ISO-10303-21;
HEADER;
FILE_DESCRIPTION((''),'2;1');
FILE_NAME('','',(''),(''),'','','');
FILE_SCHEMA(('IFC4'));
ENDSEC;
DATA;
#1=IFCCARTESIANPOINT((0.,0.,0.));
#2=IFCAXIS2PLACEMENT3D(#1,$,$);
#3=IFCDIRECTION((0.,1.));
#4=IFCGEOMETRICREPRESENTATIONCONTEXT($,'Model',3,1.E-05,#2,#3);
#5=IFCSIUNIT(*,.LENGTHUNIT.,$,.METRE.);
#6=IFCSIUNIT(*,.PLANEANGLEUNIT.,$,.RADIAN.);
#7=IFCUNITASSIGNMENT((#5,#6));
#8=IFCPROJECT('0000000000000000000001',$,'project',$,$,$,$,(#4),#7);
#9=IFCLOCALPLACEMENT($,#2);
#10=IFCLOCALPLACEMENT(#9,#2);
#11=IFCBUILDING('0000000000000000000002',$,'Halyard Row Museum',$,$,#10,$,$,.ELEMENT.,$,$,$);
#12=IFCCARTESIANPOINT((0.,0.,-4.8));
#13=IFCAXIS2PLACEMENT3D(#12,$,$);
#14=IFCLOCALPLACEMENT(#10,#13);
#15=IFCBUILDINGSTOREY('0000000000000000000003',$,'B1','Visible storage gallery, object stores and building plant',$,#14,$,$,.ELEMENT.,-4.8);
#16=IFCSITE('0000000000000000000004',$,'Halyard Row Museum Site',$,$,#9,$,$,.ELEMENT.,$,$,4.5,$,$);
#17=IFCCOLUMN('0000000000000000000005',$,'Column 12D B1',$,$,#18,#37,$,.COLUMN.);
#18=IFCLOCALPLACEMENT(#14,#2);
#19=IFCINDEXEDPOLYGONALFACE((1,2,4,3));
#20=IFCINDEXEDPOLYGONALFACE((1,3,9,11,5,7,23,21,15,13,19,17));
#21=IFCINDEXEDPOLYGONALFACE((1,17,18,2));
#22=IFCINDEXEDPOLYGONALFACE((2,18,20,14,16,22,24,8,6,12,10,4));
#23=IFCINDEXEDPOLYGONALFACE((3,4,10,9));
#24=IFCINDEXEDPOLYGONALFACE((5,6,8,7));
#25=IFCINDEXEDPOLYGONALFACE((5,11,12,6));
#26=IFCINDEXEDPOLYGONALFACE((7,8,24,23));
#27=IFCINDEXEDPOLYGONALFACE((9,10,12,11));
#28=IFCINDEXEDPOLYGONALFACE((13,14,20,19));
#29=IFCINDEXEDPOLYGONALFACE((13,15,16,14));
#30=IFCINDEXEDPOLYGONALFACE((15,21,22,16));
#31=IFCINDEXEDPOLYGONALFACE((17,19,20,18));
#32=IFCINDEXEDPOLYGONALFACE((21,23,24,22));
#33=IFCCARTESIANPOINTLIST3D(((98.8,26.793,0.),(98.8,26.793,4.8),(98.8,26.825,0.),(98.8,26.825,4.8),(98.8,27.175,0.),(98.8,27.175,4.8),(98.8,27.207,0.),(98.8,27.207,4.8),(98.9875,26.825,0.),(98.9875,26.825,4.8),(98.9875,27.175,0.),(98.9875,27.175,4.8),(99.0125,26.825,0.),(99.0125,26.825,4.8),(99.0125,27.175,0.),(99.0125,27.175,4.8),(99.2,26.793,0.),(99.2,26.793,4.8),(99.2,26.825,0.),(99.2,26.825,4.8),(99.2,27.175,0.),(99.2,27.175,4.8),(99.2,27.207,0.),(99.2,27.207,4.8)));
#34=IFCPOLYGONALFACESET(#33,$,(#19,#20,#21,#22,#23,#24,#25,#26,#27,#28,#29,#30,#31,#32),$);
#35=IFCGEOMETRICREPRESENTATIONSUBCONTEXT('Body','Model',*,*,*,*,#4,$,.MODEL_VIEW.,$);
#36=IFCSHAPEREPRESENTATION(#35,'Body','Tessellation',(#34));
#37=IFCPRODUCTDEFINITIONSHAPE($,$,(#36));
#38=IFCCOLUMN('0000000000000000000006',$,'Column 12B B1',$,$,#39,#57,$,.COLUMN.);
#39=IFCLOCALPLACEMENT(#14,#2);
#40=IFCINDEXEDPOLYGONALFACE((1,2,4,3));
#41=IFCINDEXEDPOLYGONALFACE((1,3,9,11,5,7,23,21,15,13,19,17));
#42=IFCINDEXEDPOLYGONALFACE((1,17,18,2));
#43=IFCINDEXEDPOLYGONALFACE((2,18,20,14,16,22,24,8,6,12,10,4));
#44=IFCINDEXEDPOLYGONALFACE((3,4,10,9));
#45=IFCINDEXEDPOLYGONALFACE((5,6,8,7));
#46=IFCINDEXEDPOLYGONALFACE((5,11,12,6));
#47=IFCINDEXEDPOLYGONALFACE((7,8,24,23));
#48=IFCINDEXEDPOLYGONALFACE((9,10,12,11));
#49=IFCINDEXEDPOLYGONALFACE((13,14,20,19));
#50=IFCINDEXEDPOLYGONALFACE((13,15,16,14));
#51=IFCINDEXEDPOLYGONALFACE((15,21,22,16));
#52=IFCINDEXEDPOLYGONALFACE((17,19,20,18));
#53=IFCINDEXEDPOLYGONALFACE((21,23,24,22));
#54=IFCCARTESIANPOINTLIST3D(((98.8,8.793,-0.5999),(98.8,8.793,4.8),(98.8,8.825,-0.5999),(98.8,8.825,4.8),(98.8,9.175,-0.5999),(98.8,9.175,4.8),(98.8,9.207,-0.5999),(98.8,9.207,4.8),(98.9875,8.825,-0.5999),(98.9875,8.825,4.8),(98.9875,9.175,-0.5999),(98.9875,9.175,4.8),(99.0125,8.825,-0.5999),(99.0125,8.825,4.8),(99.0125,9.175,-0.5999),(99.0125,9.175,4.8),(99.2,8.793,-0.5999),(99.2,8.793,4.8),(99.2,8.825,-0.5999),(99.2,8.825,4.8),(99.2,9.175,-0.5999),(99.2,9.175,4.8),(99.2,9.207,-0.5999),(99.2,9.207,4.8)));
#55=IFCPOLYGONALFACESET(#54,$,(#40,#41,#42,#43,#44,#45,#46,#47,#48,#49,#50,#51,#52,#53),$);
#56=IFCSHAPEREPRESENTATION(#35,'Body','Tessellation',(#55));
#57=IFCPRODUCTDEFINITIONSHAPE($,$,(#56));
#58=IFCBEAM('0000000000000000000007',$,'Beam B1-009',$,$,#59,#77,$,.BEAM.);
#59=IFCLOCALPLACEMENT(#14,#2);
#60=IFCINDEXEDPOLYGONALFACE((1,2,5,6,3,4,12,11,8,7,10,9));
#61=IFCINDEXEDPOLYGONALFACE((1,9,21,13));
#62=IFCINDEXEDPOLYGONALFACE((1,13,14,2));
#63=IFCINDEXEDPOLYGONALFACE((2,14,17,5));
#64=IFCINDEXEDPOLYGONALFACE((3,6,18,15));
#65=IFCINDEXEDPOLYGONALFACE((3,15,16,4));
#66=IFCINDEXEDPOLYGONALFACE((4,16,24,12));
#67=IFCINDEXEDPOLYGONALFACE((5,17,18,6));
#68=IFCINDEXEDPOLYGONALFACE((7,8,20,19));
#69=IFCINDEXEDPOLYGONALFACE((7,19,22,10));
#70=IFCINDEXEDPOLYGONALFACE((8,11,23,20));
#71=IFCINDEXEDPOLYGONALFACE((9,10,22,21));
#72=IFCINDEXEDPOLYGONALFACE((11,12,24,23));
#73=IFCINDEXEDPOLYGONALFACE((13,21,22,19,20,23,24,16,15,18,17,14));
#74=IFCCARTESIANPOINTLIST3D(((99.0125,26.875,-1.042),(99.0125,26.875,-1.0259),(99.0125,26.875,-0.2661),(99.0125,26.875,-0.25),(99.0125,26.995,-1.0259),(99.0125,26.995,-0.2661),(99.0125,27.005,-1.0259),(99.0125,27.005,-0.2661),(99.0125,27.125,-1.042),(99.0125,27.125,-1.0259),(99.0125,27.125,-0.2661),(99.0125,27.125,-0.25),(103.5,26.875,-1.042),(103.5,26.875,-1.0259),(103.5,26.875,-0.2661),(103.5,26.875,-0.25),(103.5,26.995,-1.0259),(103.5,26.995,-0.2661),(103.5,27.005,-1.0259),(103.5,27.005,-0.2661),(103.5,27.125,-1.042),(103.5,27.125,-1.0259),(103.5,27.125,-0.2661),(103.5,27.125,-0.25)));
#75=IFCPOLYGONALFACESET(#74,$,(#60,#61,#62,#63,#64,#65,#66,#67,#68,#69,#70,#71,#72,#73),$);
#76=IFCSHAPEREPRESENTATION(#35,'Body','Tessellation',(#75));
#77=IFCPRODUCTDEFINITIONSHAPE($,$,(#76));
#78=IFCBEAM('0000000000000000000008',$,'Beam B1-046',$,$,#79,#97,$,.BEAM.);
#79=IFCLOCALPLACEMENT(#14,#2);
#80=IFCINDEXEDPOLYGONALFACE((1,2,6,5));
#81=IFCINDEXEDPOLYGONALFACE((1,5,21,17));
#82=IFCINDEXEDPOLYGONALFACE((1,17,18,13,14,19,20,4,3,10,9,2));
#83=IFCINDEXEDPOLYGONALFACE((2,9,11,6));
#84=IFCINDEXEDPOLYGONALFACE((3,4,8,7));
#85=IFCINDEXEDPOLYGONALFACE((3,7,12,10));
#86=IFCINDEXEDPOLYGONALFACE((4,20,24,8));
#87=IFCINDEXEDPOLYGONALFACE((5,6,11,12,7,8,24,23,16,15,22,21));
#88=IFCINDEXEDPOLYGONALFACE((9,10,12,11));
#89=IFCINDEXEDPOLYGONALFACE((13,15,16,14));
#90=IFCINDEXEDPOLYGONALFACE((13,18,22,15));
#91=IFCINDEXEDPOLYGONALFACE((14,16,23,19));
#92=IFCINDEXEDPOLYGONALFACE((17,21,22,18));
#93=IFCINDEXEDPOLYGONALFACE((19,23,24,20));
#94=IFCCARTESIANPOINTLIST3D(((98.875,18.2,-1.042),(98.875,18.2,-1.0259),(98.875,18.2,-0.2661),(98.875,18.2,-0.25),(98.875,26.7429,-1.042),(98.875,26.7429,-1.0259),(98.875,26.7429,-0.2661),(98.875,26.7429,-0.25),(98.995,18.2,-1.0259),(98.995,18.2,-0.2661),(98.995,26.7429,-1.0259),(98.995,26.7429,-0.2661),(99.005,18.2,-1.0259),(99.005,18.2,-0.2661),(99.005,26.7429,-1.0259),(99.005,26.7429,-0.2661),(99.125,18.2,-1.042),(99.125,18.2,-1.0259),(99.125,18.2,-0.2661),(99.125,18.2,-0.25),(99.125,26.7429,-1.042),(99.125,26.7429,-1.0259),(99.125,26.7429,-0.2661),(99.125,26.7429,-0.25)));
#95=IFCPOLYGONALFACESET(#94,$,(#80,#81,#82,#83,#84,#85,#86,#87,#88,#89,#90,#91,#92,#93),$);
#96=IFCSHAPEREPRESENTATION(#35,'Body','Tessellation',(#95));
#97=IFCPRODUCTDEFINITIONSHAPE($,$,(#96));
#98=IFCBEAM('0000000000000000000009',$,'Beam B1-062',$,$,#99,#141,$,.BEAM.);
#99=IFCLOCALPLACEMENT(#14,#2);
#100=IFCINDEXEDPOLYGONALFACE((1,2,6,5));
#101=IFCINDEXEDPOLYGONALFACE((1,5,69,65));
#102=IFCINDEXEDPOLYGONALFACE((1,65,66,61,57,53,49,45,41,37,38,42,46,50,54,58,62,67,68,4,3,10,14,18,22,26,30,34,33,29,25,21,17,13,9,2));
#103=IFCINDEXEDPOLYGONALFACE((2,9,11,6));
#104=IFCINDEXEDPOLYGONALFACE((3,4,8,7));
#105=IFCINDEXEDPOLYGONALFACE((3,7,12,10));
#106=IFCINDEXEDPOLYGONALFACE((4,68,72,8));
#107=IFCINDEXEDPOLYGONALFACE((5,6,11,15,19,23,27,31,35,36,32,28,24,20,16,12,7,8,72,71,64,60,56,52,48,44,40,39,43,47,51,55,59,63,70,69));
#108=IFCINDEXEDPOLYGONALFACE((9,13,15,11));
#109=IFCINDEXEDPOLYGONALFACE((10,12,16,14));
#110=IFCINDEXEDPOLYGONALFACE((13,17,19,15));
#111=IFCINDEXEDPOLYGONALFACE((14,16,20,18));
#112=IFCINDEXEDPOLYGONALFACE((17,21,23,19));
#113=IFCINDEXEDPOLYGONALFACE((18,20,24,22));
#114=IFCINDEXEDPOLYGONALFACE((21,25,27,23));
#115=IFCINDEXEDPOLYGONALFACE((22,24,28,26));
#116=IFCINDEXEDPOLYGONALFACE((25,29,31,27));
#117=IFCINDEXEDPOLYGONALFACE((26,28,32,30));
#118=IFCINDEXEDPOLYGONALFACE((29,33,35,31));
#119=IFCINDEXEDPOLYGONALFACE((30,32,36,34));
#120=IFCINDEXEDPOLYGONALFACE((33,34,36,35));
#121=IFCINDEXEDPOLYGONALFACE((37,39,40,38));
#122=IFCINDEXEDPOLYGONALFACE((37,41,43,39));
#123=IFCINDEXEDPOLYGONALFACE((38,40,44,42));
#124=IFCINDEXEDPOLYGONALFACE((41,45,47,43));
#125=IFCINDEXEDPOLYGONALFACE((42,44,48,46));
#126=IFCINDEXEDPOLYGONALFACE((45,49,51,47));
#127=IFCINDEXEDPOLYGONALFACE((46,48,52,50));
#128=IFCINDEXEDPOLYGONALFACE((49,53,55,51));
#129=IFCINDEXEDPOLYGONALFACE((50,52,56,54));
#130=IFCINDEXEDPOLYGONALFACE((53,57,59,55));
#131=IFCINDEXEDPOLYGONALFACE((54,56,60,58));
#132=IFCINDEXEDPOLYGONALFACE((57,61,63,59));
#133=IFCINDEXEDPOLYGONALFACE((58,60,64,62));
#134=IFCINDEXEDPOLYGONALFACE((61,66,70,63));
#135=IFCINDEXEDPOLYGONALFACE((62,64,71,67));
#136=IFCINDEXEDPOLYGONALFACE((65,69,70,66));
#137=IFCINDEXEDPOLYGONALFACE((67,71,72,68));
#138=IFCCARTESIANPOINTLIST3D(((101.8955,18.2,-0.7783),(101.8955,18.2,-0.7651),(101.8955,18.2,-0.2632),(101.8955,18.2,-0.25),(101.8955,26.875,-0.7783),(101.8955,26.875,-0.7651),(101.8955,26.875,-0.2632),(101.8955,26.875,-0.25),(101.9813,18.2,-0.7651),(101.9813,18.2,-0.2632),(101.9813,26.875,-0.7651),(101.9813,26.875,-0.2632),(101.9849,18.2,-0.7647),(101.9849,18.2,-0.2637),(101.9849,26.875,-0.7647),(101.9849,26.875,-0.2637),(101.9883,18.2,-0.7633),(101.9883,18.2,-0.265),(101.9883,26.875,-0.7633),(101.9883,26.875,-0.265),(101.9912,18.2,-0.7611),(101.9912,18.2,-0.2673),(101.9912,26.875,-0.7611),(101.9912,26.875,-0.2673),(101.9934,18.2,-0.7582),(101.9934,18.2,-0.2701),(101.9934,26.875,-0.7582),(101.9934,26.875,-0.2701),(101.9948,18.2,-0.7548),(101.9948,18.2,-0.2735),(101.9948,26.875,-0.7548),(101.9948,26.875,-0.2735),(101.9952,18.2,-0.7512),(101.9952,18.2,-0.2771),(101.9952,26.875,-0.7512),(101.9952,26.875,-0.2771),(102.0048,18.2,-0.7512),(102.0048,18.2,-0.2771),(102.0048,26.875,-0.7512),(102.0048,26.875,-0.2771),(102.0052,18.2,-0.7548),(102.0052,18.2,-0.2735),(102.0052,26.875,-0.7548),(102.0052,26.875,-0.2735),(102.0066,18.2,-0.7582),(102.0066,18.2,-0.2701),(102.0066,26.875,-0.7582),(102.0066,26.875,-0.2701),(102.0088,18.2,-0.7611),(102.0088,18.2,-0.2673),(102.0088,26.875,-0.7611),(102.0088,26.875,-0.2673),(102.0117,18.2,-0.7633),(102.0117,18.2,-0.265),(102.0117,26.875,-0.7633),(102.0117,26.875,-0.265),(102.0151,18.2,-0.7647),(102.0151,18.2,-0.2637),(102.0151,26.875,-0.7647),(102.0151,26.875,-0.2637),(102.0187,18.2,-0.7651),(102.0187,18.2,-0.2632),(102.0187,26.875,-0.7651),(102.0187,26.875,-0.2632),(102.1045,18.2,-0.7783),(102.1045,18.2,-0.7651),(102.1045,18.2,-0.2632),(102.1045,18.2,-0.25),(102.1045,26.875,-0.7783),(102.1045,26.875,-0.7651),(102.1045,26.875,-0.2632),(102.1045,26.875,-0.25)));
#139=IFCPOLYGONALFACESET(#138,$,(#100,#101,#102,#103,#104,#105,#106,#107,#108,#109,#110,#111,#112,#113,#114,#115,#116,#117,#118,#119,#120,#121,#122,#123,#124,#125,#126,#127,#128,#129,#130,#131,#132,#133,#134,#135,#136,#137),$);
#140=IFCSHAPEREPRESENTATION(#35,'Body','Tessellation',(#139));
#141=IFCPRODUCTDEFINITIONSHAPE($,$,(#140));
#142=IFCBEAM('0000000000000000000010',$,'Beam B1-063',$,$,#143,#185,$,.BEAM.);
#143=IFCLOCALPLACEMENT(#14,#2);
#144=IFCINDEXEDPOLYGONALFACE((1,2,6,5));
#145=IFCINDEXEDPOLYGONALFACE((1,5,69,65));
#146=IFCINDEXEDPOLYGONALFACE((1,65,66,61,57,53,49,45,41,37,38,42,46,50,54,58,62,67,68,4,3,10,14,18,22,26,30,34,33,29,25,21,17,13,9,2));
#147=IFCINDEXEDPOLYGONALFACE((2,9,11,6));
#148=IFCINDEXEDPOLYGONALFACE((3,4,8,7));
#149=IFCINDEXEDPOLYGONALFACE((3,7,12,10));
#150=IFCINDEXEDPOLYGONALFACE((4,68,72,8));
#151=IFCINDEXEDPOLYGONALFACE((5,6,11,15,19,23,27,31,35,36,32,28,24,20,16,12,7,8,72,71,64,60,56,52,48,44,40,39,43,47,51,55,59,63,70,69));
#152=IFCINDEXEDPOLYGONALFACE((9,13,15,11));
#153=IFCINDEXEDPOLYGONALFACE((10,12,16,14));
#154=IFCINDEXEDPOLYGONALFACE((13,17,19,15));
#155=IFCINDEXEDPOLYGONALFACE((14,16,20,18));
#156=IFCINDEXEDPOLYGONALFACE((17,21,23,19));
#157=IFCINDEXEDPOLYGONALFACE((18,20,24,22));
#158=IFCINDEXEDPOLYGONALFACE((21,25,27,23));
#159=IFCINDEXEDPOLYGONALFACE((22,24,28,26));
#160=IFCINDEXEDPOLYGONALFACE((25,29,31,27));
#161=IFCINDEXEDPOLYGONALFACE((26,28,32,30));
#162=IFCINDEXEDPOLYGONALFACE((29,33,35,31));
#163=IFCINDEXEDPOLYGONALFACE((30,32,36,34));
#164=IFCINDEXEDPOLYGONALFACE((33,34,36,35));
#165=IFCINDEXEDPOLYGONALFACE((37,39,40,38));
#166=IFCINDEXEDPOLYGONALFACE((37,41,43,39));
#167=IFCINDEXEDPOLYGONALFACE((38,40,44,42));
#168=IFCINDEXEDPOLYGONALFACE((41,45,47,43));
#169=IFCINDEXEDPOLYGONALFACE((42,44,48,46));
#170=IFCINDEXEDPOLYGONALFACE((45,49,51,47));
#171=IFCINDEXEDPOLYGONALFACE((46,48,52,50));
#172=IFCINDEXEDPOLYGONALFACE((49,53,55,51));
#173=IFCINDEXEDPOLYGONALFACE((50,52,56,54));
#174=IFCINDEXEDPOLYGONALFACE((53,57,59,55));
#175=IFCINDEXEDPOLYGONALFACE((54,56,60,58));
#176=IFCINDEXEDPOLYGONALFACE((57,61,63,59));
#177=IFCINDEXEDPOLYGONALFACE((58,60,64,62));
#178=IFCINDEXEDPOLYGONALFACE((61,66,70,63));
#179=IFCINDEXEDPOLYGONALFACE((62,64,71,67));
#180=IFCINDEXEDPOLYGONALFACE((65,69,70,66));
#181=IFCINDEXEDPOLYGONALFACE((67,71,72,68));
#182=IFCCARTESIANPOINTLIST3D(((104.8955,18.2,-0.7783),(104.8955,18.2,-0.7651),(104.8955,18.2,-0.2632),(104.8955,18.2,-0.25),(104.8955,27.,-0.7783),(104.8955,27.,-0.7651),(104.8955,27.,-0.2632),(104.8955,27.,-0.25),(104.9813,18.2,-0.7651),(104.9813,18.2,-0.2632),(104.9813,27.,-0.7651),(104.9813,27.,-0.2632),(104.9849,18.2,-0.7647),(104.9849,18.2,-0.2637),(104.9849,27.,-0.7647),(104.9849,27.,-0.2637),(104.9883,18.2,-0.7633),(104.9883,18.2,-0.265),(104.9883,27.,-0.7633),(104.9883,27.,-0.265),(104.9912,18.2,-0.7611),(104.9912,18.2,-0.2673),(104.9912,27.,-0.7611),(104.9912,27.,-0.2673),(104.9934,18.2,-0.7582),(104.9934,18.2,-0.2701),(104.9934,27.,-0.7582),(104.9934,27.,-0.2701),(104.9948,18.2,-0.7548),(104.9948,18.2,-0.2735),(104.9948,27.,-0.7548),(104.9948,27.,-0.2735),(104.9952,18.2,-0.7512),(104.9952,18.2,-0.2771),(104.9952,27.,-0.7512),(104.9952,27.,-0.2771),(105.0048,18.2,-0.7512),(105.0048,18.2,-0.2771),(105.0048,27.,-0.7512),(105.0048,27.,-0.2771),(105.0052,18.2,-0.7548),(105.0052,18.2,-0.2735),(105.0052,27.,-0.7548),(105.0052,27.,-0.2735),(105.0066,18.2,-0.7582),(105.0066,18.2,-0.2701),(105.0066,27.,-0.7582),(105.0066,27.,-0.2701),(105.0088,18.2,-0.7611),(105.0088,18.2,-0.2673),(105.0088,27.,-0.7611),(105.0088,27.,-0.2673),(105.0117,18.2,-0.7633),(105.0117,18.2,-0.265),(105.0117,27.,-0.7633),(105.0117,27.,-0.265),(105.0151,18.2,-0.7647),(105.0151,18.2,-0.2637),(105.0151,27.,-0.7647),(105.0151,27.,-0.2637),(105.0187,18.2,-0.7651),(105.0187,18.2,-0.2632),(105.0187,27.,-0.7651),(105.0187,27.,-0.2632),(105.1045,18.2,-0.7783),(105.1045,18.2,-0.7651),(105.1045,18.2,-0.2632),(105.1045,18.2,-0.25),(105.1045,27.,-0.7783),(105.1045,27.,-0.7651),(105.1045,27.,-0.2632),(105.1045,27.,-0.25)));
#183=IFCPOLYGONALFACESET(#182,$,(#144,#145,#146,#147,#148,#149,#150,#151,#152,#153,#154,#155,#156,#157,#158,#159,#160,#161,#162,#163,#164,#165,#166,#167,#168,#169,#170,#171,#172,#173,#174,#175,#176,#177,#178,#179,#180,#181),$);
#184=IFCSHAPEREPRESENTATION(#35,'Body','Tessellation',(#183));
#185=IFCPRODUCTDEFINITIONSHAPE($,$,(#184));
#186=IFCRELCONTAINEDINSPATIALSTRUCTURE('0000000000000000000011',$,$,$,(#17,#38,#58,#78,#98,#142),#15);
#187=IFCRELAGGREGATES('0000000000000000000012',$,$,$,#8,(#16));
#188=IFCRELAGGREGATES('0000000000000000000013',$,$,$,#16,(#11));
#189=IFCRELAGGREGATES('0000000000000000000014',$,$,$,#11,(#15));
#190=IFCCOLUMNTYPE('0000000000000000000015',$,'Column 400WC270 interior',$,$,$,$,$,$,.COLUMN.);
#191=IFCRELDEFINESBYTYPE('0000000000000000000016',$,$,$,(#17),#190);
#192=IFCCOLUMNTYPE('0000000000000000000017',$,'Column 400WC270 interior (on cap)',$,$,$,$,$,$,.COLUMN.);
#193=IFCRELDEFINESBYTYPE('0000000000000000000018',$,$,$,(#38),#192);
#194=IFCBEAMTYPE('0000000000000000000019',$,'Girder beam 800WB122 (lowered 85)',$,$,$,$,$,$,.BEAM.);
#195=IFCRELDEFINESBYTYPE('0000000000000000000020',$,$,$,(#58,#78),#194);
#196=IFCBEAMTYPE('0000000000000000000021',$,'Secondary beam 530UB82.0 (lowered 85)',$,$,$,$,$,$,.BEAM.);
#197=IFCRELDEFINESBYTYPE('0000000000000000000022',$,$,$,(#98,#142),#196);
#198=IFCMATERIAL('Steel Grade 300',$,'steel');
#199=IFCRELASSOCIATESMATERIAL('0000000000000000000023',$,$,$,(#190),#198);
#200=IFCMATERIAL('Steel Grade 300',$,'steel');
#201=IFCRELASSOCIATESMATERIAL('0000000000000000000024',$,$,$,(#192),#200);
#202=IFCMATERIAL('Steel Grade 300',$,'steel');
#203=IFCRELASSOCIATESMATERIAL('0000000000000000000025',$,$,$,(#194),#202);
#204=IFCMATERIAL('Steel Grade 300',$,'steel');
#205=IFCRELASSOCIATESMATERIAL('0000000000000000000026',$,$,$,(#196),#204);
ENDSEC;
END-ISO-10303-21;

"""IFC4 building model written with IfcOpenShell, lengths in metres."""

from ifc_helpers import new_model, si_unit, direction, frame, origin, origin_2d, place, context, subcontext, project, spatial, i_section, extrude, material, material_profile, profile_set, type_object, element, save


model = new_model("IFC4")

# Units and contexts
model_context = context("Model", 3, precision=1e-05, world=origin(), true_north=direction((0.0, 1.0)))
body_context = subcontext(model_context, "Body", "Model", "MODEL_VIEW")
ifc_project = project(units=[si_unit("LENGTHUNIT", "METRE"), si_unit("PLANEANGLEUNIT", "RADIAN")], contexts=[model_context])

# Site, building, storey
site_placement = place(None, origin())
site = spatial("IfcSite", under=ifc_project, at=site_placement, Name="Halyard Row Museum Site", CompositionType="ELEMENT", RefElevation=4.5)
building_placement = place(site_placement, origin())
building = spatial("IfcBuilding", under=site, at=building_placement, Name="Halyard Row Museum", CompositionType="ELEMENT")
storey_placement = place(building_placement, frame((0.0, 0.0, -4.8)))
storey = spatial("IfcBuildingStorey", under=building, at=storey_placement, Name="B1", Description="Visible storage gallery, object stores and building plant", CompositionType="ELEMENT", Elevation=-4.8)

# Columns
ifc_material_1 = material(Name="Steel Grade 300", Category="steel")
ifc_material_profile_1 = material_profile(ifc_material_1, i_section(OverallWidth=0.3999, OverallDepth=0.4141, WebThickness=0.0249, FlangeThickness=0.032, at=origin_2d()), Name="400WC270")
ifc_profile_set_1 = profile_set([ifc_material_profile_1], Name="Steel Grade 300")
column_type_1 = type_object("IfcColumnType", Name="Column 400WC270 interior", PredefinedType="COLUMN", material=ifc_profile_set_1)
column_1_placement = place(storey_placement, frame((99.0, 27.0, 0.0), z_axis=(0.0, 0.0, 1.0), x_axis=(1.0, 0.0, 0.0)))
element("IfcColumn", 1, at=column_1_placement, inside=storey, type_object=column_type_1, Name="Column 12D B1", PredefinedType="COLUMN", context=body_context, shape_type="SweptSolid", body=[
    extrude(i_section(OverallWidth=0.3999, OverallDepth=0.4141, WebThickness=0.0249, FlangeThickness=0.032, at=origin_2d()), origin(), (0.0, 0.0, 1.0), 4.8),
])
ifc_material_2 = material(Name="Steel Grade 300", Category="steel")
ifc_material_profile_2 = material_profile(ifc_material_2, i_section(OverallWidth=0.3999, OverallDepth=0.4141, WebThickness=0.0249, FlangeThickness=0.032, at=origin_2d()), Name="400WC270")
ifc_profile_set_2 = profile_set([ifc_material_profile_2], Name="Steel Grade 300")
column_type_2 = type_object("IfcColumnType", Name="Column 400WC270 interior (on cap)", PredefinedType="COLUMN", material=ifc_profile_set_2)
column_2_placement = place(storey_placement, frame((99.0, 9.0, -0.5999), z_axis=(0.0, 0.0, 1.0), x_axis=(1.0, 0.0, 0.0)))
element("IfcColumn", 2, at=column_2_placement, inside=storey, type_object=column_type_2, Name="Column 12B B1", PredefinedType="COLUMN", context=body_context, shape_type="SweptSolid", body=[
    extrude(i_section(OverallWidth=0.3999, OverallDepth=0.4141, WebThickness=0.0249, FlangeThickness=0.032, at=origin_2d()), origin(), (0.0, 0.0, 1.0), 5.3999),
])

# Beams
ifc_material_3 = material(Name="Steel Grade 300", Category="steel")
ifc_material_profile_3 = material_profile(ifc_material_3, i_section(OverallWidth=0.25, OverallDepth=0.792, WebThickness=0.01, FlangeThickness=0.0161, at=origin_2d()), Name="800WB122")
ifc_profile_set_3 = profile_set([ifc_material_profile_3], Name="Steel Grade 300")
beam_type_1 = type_object("IfcBeamType", Name="Girder beam 800WB122 (lowered 85)", PredefinedType="BEAM", material=ifc_profile_set_3)
beam_1_placement = place(storey_placement, frame((99.0125, 27.0, -0.646), z_axis=(1.0, 0.0, 0.0), x_axis=(0.0, 1.0, 0.0)))
element("IfcBeam", 3, at=beam_1_placement, inside=storey, type_object=beam_type_1, Name="Beam B1-009", PredefinedType="BEAM", context=body_context, shape_type="SweptSolid", body=[
    extrude(i_section(OverallWidth=0.25, OverallDepth=0.792, WebThickness=0.01, FlangeThickness=0.0161, at=origin_2d()), origin(), (0.0, 0.0, 1.0), 4.4875),
])
beam_2_placement = place(storey_placement, frame((99.0, 18.2, -0.646), z_axis=(0.0, 1.0, 0.0), x_axis=(-1.0, 0.0, 0.0)))
element("IfcBeam", 4, at=beam_2_placement, inside=storey, type_object=beam_type_1, Name="Beam B1-046", PredefinedType="BEAM", context=body_context, shape_type="SweptSolid", body=[
    extrude(i_section(OverallWidth=0.25, OverallDepth=0.792, WebThickness=0.01, FlangeThickness=0.0161, at=origin_2d()), origin(), (0.0, 0.0, 1.0), 8.543),
])
ifc_material_4 = material(Name="Steel Grade 300", Category="steel")
ifc_material_profile_4 = material_profile(ifc_material_4, i_section(OverallWidth=0.209, OverallDepth=0.5283, WebThickness=0.0095, FlangeThickness=0.0132, FilletRadius=0.0139, at=origin_2d()), Name="530UB82.0")
ifc_profile_set_4 = profile_set([ifc_material_profile_4], Name="Steel Grade 300")
beam_type_2 = type_object("IfcBeamType", Name="Secondary beam 530UB82.0 (lowered 85)", PredefinedType="BEAM", material=ifc_profile_set_4)
beam_3_placement = place(storey_placement, frame((102.0, 18.2, -0.5142), z_axis=(0.0, 1.0, 0.0), x_axis=(-1.0, 0.0, 0.0)))
element("IfcBeam", 5, at=beam_3_placement, inside=storey, type_object=beam_type_2, Name="Beam B1-062", PredefinedType="BEAM", context=body_context, shape_type="SweptSolid", body=[
    extrude(i_section(OverallWidth=0.209, OverallDepth=0.5283, WebThickness=0.0095, FlangeThickness=0.0132, FilletRadius=0.0139, at=origin_2d()), origin(), (0.0, 0.0, 1.0), 8.675),
])
beam_4_placement = place(storey_placement, frame((105.0, 18.2, -0.5142), z_axis=(0.0, 1.0, 0.0), x_axis=(-1.0, 0.0, 0.0)))
element("IfcBeam", 6, at=beam_4_placement, inside=storey, type_object=beam_type_2, Name="Beam B1-063", PredefinedType="BEAM", context=body_context, shape_type="SweptSolid", body=[
    extrude(i_section(OverallWidth=0.209, OverallDepth=0.5283, WebThickness=0.0095, FlangeThickness=0.0132, FilletRadius=0.0139, at=origin_2d()), origin(), (0.0, 0.0, 1.0), 8.8),
])

save(model, "model.ifc")
